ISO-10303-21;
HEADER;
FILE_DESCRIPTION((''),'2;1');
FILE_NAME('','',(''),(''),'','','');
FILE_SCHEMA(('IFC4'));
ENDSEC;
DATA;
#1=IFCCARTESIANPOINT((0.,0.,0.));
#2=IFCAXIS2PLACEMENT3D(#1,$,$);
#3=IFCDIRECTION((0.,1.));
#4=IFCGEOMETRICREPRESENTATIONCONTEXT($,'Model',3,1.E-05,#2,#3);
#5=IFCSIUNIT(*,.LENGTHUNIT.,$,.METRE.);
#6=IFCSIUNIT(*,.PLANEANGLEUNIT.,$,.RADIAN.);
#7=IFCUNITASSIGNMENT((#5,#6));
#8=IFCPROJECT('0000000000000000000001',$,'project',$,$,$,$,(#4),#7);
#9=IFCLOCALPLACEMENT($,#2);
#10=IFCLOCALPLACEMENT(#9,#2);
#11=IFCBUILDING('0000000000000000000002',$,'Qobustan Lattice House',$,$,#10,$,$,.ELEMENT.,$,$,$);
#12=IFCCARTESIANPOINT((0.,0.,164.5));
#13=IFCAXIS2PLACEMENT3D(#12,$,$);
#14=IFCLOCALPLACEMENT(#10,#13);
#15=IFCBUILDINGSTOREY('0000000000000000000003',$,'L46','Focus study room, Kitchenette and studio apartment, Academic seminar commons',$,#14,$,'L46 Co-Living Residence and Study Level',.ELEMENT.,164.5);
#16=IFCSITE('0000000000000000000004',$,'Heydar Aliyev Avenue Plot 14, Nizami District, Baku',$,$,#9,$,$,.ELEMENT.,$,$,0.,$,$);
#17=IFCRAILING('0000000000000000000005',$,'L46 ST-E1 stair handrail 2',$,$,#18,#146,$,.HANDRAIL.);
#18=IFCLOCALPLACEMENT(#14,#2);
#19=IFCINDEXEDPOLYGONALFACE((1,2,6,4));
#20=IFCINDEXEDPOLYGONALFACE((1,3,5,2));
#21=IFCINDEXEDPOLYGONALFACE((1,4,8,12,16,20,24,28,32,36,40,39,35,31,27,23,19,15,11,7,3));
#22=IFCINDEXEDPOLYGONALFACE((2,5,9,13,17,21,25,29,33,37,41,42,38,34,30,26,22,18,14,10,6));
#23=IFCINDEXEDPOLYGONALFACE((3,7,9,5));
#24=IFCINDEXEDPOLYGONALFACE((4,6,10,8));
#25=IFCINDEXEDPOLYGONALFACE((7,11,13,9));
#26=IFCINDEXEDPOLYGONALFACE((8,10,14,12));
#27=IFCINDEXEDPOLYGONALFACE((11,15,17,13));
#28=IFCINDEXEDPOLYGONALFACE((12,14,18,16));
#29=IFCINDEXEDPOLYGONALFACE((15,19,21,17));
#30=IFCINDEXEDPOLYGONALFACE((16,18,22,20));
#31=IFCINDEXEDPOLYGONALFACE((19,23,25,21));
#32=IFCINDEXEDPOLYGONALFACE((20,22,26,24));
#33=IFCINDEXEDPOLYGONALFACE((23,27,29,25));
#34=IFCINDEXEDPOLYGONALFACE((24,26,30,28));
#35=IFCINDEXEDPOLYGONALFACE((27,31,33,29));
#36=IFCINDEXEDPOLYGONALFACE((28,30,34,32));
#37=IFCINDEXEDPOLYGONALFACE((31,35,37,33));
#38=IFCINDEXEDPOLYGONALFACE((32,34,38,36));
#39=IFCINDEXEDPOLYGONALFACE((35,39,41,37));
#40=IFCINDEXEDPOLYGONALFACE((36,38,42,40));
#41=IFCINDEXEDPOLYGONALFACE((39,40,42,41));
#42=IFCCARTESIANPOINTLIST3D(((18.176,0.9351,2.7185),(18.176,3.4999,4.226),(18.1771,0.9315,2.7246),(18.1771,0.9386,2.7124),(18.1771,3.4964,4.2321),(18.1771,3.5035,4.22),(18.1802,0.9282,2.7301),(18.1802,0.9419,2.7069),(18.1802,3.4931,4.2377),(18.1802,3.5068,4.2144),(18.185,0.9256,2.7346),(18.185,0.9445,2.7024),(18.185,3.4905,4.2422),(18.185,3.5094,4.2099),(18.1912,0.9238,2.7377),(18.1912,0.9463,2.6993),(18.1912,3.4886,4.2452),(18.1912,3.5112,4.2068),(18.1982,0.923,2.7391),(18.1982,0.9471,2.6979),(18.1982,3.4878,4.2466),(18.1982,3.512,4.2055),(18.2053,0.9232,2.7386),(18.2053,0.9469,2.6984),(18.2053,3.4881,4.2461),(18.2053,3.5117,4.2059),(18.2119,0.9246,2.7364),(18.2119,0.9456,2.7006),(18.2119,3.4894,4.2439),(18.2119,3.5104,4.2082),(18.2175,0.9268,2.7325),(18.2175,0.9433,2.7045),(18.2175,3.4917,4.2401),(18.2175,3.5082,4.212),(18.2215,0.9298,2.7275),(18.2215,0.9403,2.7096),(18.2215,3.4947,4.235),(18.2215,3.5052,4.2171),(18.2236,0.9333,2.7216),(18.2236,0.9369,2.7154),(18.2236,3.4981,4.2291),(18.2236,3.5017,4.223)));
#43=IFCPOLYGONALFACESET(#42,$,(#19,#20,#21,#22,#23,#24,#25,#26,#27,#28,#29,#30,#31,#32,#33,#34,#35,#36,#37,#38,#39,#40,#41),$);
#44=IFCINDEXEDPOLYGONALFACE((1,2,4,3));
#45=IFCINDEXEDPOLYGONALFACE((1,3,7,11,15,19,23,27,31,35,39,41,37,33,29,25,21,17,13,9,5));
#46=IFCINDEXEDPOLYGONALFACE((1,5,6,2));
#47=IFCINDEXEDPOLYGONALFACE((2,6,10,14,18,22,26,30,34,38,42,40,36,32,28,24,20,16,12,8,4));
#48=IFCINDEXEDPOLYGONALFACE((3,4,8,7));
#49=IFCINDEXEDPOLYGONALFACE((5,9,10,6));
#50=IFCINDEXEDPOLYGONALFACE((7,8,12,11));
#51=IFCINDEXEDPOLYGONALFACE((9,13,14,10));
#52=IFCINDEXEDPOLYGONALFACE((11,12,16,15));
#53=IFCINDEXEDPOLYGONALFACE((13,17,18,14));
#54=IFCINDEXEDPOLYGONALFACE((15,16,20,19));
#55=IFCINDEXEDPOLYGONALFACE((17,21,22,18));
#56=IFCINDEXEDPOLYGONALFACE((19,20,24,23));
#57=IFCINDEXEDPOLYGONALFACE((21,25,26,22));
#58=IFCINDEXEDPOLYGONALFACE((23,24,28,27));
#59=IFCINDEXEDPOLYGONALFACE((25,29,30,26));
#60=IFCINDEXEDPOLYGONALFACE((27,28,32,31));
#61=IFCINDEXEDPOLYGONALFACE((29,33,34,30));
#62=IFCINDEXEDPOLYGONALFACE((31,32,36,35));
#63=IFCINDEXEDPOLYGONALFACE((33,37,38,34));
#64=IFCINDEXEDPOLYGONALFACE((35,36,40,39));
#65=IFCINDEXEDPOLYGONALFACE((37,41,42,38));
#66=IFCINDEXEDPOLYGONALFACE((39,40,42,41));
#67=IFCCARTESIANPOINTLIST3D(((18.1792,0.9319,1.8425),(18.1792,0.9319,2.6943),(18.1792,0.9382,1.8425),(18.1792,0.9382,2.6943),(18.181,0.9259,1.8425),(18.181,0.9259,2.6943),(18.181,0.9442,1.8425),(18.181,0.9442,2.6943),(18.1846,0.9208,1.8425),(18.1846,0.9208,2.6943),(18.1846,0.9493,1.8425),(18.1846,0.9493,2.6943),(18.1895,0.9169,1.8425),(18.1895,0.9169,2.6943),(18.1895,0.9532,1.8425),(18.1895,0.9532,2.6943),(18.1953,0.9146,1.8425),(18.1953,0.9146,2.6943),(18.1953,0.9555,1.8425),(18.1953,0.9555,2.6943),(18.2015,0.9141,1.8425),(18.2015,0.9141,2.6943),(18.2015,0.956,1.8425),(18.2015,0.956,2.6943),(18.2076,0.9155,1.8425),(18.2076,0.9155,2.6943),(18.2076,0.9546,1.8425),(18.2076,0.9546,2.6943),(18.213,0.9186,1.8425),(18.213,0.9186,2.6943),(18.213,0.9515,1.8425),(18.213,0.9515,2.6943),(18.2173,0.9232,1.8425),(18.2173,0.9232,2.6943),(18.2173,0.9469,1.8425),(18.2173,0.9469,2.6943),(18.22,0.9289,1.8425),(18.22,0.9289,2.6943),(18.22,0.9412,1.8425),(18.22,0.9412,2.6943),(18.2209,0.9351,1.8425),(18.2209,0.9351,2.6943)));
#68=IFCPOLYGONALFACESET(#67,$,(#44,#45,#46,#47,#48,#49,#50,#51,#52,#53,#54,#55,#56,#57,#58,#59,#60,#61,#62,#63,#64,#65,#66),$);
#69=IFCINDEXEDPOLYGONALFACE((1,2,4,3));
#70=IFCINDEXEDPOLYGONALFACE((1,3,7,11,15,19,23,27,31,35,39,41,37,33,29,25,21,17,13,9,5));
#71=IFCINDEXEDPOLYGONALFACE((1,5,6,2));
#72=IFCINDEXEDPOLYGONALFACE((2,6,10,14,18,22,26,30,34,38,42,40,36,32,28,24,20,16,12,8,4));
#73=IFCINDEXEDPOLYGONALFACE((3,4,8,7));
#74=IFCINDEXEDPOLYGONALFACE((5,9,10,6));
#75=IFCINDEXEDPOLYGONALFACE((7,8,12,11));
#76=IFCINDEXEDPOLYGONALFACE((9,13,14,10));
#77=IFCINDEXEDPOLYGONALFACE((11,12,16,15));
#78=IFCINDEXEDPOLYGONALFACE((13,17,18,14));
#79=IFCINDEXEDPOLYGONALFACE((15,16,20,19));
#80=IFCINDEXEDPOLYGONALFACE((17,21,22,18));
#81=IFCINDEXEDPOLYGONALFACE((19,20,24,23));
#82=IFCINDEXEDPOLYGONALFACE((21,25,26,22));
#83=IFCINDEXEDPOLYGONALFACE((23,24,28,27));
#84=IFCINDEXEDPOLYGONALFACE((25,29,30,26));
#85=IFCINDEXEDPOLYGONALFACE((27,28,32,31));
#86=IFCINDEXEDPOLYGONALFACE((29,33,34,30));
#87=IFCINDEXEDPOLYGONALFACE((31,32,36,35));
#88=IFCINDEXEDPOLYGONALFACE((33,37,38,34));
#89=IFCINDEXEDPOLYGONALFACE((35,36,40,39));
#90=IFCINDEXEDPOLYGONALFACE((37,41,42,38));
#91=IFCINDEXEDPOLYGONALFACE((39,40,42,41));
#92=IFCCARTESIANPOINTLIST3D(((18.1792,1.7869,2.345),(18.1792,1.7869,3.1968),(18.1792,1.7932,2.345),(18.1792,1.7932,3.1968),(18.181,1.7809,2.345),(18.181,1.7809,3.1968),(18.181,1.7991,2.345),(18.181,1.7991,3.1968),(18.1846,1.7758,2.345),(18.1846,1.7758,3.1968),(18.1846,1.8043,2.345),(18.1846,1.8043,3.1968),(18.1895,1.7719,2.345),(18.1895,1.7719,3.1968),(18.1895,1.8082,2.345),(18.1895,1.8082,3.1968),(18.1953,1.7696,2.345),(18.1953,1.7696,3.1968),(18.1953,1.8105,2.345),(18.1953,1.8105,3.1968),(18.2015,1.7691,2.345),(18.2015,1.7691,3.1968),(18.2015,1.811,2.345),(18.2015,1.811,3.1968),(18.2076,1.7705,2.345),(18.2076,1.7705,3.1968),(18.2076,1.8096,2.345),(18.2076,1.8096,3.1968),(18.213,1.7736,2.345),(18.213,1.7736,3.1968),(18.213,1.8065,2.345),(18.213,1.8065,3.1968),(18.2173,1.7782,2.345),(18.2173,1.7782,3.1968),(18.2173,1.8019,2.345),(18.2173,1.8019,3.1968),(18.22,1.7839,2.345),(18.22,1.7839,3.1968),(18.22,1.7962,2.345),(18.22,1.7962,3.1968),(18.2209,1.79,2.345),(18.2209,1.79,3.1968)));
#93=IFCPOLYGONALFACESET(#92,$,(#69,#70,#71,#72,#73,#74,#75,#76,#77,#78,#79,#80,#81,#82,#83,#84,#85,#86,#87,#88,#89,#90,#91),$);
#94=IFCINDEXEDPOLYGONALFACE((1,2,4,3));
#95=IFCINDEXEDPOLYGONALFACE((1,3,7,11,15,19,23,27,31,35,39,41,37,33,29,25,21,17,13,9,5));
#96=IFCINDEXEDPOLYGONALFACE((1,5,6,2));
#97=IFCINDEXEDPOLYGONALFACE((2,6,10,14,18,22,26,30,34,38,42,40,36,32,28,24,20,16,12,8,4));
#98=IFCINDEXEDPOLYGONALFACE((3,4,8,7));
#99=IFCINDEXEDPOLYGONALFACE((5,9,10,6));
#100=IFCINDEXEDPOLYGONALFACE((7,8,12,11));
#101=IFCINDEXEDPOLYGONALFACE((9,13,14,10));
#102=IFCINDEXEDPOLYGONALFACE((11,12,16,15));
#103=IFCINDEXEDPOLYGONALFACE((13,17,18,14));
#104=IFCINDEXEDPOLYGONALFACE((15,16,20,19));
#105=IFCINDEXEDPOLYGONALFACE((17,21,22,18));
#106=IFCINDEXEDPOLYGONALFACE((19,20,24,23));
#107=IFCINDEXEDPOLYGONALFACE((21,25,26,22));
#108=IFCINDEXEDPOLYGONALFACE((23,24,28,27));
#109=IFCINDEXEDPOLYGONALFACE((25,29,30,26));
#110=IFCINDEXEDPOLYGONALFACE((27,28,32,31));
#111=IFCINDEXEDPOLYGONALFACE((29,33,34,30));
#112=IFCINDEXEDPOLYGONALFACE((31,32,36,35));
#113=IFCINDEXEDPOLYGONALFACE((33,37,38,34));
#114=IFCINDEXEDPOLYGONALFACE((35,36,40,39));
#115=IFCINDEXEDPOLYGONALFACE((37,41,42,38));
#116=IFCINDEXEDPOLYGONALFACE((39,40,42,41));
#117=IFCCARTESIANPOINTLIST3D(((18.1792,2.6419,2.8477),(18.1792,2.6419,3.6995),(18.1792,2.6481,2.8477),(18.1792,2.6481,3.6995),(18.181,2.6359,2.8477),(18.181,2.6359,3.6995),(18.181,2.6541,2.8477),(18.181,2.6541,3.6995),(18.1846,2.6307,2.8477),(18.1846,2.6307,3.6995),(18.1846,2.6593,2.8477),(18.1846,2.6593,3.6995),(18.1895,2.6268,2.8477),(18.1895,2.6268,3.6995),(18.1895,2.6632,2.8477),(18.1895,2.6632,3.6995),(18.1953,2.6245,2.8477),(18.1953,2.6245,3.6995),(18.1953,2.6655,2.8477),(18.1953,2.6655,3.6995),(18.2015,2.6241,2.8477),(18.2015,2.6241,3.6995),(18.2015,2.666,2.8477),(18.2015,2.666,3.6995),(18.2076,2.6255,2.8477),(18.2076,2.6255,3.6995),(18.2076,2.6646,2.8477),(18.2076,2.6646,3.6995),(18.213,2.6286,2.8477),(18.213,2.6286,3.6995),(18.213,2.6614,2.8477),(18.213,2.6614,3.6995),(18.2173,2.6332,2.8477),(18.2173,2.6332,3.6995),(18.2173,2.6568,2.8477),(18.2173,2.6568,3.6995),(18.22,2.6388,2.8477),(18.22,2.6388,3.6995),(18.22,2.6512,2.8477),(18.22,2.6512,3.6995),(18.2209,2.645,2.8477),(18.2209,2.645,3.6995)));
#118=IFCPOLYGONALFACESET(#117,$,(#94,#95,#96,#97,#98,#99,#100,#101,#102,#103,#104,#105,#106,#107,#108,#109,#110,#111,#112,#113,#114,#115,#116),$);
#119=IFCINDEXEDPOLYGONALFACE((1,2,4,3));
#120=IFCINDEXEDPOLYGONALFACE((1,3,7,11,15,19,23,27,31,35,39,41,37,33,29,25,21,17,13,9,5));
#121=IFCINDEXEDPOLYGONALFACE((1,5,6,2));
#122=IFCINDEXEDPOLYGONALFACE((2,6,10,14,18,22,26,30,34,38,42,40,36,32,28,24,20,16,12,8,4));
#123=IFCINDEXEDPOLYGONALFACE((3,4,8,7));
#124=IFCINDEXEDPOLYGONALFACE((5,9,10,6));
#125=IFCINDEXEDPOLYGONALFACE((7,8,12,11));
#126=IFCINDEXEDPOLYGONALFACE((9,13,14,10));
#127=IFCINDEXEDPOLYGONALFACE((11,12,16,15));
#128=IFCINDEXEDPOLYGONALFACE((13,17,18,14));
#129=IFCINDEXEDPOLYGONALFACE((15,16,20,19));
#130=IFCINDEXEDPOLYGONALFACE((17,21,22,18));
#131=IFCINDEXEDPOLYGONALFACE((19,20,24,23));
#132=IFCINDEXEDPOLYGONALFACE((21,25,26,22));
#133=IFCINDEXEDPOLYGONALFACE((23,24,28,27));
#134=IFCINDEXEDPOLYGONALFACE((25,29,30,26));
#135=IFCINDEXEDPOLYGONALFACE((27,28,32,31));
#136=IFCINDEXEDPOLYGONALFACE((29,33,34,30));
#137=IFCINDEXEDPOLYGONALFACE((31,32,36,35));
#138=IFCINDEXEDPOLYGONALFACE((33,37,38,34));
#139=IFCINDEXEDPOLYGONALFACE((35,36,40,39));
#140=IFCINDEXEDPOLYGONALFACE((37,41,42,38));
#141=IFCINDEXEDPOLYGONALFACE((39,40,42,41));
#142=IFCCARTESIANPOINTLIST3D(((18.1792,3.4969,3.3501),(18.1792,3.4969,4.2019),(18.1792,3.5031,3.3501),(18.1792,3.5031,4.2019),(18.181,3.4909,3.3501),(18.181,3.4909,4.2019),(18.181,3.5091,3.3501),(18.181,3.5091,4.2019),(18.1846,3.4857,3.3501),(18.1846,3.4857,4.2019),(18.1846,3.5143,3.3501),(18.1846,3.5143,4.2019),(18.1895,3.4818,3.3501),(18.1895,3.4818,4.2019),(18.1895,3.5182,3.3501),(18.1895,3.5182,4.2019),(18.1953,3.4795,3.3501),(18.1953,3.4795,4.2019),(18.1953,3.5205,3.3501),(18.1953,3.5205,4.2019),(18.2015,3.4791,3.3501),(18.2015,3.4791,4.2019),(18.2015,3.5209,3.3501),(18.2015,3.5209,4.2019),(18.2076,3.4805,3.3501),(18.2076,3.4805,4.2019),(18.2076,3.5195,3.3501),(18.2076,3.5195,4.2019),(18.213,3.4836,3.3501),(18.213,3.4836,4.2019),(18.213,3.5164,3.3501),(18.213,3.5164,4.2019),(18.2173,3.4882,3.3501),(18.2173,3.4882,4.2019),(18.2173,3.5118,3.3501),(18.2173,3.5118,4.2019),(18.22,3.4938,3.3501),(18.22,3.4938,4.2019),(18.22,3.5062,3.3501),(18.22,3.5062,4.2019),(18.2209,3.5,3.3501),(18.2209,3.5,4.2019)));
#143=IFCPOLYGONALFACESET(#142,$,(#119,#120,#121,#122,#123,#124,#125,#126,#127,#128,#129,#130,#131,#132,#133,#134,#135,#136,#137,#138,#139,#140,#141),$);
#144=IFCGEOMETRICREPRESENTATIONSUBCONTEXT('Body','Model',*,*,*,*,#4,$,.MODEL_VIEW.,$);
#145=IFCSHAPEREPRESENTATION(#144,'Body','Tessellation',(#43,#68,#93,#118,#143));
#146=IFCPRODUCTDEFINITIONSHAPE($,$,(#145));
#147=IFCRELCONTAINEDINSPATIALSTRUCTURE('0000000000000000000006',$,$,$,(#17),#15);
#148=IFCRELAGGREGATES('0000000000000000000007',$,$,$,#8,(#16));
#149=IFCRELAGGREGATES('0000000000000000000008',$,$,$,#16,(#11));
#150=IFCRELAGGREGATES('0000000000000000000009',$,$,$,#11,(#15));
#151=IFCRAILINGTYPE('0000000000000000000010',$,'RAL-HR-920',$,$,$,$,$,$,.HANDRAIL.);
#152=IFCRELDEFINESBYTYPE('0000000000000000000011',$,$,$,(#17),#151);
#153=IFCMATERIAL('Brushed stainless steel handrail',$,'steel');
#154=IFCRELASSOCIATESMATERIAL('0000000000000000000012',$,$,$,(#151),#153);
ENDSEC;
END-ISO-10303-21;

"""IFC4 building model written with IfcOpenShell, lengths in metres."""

from ifc_helpers import new_model, si_unit, direction, frame, origin, origin_2d, place, context, subcontext, project, spatial, circle, extrude, material, type_object, element, save


model = new_model("IFC4")

# Units and contexts
model_context = context("Model", 3, precision=1e-05, world=origin(), true_north=direction((0.0, 1.0)))
body_context = subcontext(model_context, "Body", "Model", "MODEL_VIEW")
ifc_project = project(units=[si_unit("LENGTHUNIT", "METRE"), si_unit("PLANEANGLEUNIT", "RADIAN")], contexts=[model_context])

# Site, building, storey
site_placement = place(None, origin())
site = spatial("IfcSite", under=ifc_project, at=site_placement, Name="Heydar Aliyev Avenue Plot 14, Nizami District, Baku", CompositionType="ELEMENT", RefElevation=0.0)
building_placement = place(site_placement, origin())
building = spatial("IfcBuilding", under=site, at=building_placement, Name="Qobustan Lattice House", CompositionType="ELEMENT")
storey_placement = place(building_placement, frame((0.0, 0.0, 164.5)))
storey = spatial("IfcBuildingStorey", under=building, at=storey_placement, Name="L46", Description="Focus study room, Kitchenette and studio apartment, Academic seminar commons", LongName="L46 Co-Living Residence and Study Level", CompositionType="ELEMENT", Elevation=164.5)

# Railing
ifc_material_1 = material(Name="Brushed stainless steel handrail", Category="steel")
railing_type_1 = type_object("IfcRailingType", Name="RAL-HR-920", PredefinedType="HANDRAIL", material=ifc_material_1)
railing_1_placement = place(storey_placement, frame((18.2, 0.9351, 1.8425)))
element("IfcRailing", 1, at=railing_1_placement, inside=storey, type_object=railing_type_1, Name="L46 ST-E1 stair handrail 2", PredefinedType="HANDRAIL", context=body_context, shape_type="SweptSolid", body=[
    extrude(circle(Radius=0.0239, at=origin_2d()), frame((0.0, 0.0, 0.876), z_axis=(0.0, 0.862113, 0.506715), x_axis=(-1.0, 0.0, 0.0)), (0.0, 0.0, 1.0), 2.9751),
    extrude(circle(Radius=0.021, at=origin_2d()), origin(), (0.0, 0.0, 1.0), 0.8518),
    extrude(circle(Radius=0.021, at=origin_2d()), frame((0.0, 0.855, 0.5024)), (0.0, 0.0, 1.0), 0.8518),
    extrude(circle(Radius=0.021, at=origin_2d()), frame((0.0, 1.71, 1.0051)), (0.0, 0.0, 1.0), 0.8518),
    extrude(circle(Radius=0.021, at=origin_2d()), frame((0.0, 2.5649, 1.5076)), (0.0, 0.0, 1.0), 0.8518),
])

save(model, "model.ifc")
